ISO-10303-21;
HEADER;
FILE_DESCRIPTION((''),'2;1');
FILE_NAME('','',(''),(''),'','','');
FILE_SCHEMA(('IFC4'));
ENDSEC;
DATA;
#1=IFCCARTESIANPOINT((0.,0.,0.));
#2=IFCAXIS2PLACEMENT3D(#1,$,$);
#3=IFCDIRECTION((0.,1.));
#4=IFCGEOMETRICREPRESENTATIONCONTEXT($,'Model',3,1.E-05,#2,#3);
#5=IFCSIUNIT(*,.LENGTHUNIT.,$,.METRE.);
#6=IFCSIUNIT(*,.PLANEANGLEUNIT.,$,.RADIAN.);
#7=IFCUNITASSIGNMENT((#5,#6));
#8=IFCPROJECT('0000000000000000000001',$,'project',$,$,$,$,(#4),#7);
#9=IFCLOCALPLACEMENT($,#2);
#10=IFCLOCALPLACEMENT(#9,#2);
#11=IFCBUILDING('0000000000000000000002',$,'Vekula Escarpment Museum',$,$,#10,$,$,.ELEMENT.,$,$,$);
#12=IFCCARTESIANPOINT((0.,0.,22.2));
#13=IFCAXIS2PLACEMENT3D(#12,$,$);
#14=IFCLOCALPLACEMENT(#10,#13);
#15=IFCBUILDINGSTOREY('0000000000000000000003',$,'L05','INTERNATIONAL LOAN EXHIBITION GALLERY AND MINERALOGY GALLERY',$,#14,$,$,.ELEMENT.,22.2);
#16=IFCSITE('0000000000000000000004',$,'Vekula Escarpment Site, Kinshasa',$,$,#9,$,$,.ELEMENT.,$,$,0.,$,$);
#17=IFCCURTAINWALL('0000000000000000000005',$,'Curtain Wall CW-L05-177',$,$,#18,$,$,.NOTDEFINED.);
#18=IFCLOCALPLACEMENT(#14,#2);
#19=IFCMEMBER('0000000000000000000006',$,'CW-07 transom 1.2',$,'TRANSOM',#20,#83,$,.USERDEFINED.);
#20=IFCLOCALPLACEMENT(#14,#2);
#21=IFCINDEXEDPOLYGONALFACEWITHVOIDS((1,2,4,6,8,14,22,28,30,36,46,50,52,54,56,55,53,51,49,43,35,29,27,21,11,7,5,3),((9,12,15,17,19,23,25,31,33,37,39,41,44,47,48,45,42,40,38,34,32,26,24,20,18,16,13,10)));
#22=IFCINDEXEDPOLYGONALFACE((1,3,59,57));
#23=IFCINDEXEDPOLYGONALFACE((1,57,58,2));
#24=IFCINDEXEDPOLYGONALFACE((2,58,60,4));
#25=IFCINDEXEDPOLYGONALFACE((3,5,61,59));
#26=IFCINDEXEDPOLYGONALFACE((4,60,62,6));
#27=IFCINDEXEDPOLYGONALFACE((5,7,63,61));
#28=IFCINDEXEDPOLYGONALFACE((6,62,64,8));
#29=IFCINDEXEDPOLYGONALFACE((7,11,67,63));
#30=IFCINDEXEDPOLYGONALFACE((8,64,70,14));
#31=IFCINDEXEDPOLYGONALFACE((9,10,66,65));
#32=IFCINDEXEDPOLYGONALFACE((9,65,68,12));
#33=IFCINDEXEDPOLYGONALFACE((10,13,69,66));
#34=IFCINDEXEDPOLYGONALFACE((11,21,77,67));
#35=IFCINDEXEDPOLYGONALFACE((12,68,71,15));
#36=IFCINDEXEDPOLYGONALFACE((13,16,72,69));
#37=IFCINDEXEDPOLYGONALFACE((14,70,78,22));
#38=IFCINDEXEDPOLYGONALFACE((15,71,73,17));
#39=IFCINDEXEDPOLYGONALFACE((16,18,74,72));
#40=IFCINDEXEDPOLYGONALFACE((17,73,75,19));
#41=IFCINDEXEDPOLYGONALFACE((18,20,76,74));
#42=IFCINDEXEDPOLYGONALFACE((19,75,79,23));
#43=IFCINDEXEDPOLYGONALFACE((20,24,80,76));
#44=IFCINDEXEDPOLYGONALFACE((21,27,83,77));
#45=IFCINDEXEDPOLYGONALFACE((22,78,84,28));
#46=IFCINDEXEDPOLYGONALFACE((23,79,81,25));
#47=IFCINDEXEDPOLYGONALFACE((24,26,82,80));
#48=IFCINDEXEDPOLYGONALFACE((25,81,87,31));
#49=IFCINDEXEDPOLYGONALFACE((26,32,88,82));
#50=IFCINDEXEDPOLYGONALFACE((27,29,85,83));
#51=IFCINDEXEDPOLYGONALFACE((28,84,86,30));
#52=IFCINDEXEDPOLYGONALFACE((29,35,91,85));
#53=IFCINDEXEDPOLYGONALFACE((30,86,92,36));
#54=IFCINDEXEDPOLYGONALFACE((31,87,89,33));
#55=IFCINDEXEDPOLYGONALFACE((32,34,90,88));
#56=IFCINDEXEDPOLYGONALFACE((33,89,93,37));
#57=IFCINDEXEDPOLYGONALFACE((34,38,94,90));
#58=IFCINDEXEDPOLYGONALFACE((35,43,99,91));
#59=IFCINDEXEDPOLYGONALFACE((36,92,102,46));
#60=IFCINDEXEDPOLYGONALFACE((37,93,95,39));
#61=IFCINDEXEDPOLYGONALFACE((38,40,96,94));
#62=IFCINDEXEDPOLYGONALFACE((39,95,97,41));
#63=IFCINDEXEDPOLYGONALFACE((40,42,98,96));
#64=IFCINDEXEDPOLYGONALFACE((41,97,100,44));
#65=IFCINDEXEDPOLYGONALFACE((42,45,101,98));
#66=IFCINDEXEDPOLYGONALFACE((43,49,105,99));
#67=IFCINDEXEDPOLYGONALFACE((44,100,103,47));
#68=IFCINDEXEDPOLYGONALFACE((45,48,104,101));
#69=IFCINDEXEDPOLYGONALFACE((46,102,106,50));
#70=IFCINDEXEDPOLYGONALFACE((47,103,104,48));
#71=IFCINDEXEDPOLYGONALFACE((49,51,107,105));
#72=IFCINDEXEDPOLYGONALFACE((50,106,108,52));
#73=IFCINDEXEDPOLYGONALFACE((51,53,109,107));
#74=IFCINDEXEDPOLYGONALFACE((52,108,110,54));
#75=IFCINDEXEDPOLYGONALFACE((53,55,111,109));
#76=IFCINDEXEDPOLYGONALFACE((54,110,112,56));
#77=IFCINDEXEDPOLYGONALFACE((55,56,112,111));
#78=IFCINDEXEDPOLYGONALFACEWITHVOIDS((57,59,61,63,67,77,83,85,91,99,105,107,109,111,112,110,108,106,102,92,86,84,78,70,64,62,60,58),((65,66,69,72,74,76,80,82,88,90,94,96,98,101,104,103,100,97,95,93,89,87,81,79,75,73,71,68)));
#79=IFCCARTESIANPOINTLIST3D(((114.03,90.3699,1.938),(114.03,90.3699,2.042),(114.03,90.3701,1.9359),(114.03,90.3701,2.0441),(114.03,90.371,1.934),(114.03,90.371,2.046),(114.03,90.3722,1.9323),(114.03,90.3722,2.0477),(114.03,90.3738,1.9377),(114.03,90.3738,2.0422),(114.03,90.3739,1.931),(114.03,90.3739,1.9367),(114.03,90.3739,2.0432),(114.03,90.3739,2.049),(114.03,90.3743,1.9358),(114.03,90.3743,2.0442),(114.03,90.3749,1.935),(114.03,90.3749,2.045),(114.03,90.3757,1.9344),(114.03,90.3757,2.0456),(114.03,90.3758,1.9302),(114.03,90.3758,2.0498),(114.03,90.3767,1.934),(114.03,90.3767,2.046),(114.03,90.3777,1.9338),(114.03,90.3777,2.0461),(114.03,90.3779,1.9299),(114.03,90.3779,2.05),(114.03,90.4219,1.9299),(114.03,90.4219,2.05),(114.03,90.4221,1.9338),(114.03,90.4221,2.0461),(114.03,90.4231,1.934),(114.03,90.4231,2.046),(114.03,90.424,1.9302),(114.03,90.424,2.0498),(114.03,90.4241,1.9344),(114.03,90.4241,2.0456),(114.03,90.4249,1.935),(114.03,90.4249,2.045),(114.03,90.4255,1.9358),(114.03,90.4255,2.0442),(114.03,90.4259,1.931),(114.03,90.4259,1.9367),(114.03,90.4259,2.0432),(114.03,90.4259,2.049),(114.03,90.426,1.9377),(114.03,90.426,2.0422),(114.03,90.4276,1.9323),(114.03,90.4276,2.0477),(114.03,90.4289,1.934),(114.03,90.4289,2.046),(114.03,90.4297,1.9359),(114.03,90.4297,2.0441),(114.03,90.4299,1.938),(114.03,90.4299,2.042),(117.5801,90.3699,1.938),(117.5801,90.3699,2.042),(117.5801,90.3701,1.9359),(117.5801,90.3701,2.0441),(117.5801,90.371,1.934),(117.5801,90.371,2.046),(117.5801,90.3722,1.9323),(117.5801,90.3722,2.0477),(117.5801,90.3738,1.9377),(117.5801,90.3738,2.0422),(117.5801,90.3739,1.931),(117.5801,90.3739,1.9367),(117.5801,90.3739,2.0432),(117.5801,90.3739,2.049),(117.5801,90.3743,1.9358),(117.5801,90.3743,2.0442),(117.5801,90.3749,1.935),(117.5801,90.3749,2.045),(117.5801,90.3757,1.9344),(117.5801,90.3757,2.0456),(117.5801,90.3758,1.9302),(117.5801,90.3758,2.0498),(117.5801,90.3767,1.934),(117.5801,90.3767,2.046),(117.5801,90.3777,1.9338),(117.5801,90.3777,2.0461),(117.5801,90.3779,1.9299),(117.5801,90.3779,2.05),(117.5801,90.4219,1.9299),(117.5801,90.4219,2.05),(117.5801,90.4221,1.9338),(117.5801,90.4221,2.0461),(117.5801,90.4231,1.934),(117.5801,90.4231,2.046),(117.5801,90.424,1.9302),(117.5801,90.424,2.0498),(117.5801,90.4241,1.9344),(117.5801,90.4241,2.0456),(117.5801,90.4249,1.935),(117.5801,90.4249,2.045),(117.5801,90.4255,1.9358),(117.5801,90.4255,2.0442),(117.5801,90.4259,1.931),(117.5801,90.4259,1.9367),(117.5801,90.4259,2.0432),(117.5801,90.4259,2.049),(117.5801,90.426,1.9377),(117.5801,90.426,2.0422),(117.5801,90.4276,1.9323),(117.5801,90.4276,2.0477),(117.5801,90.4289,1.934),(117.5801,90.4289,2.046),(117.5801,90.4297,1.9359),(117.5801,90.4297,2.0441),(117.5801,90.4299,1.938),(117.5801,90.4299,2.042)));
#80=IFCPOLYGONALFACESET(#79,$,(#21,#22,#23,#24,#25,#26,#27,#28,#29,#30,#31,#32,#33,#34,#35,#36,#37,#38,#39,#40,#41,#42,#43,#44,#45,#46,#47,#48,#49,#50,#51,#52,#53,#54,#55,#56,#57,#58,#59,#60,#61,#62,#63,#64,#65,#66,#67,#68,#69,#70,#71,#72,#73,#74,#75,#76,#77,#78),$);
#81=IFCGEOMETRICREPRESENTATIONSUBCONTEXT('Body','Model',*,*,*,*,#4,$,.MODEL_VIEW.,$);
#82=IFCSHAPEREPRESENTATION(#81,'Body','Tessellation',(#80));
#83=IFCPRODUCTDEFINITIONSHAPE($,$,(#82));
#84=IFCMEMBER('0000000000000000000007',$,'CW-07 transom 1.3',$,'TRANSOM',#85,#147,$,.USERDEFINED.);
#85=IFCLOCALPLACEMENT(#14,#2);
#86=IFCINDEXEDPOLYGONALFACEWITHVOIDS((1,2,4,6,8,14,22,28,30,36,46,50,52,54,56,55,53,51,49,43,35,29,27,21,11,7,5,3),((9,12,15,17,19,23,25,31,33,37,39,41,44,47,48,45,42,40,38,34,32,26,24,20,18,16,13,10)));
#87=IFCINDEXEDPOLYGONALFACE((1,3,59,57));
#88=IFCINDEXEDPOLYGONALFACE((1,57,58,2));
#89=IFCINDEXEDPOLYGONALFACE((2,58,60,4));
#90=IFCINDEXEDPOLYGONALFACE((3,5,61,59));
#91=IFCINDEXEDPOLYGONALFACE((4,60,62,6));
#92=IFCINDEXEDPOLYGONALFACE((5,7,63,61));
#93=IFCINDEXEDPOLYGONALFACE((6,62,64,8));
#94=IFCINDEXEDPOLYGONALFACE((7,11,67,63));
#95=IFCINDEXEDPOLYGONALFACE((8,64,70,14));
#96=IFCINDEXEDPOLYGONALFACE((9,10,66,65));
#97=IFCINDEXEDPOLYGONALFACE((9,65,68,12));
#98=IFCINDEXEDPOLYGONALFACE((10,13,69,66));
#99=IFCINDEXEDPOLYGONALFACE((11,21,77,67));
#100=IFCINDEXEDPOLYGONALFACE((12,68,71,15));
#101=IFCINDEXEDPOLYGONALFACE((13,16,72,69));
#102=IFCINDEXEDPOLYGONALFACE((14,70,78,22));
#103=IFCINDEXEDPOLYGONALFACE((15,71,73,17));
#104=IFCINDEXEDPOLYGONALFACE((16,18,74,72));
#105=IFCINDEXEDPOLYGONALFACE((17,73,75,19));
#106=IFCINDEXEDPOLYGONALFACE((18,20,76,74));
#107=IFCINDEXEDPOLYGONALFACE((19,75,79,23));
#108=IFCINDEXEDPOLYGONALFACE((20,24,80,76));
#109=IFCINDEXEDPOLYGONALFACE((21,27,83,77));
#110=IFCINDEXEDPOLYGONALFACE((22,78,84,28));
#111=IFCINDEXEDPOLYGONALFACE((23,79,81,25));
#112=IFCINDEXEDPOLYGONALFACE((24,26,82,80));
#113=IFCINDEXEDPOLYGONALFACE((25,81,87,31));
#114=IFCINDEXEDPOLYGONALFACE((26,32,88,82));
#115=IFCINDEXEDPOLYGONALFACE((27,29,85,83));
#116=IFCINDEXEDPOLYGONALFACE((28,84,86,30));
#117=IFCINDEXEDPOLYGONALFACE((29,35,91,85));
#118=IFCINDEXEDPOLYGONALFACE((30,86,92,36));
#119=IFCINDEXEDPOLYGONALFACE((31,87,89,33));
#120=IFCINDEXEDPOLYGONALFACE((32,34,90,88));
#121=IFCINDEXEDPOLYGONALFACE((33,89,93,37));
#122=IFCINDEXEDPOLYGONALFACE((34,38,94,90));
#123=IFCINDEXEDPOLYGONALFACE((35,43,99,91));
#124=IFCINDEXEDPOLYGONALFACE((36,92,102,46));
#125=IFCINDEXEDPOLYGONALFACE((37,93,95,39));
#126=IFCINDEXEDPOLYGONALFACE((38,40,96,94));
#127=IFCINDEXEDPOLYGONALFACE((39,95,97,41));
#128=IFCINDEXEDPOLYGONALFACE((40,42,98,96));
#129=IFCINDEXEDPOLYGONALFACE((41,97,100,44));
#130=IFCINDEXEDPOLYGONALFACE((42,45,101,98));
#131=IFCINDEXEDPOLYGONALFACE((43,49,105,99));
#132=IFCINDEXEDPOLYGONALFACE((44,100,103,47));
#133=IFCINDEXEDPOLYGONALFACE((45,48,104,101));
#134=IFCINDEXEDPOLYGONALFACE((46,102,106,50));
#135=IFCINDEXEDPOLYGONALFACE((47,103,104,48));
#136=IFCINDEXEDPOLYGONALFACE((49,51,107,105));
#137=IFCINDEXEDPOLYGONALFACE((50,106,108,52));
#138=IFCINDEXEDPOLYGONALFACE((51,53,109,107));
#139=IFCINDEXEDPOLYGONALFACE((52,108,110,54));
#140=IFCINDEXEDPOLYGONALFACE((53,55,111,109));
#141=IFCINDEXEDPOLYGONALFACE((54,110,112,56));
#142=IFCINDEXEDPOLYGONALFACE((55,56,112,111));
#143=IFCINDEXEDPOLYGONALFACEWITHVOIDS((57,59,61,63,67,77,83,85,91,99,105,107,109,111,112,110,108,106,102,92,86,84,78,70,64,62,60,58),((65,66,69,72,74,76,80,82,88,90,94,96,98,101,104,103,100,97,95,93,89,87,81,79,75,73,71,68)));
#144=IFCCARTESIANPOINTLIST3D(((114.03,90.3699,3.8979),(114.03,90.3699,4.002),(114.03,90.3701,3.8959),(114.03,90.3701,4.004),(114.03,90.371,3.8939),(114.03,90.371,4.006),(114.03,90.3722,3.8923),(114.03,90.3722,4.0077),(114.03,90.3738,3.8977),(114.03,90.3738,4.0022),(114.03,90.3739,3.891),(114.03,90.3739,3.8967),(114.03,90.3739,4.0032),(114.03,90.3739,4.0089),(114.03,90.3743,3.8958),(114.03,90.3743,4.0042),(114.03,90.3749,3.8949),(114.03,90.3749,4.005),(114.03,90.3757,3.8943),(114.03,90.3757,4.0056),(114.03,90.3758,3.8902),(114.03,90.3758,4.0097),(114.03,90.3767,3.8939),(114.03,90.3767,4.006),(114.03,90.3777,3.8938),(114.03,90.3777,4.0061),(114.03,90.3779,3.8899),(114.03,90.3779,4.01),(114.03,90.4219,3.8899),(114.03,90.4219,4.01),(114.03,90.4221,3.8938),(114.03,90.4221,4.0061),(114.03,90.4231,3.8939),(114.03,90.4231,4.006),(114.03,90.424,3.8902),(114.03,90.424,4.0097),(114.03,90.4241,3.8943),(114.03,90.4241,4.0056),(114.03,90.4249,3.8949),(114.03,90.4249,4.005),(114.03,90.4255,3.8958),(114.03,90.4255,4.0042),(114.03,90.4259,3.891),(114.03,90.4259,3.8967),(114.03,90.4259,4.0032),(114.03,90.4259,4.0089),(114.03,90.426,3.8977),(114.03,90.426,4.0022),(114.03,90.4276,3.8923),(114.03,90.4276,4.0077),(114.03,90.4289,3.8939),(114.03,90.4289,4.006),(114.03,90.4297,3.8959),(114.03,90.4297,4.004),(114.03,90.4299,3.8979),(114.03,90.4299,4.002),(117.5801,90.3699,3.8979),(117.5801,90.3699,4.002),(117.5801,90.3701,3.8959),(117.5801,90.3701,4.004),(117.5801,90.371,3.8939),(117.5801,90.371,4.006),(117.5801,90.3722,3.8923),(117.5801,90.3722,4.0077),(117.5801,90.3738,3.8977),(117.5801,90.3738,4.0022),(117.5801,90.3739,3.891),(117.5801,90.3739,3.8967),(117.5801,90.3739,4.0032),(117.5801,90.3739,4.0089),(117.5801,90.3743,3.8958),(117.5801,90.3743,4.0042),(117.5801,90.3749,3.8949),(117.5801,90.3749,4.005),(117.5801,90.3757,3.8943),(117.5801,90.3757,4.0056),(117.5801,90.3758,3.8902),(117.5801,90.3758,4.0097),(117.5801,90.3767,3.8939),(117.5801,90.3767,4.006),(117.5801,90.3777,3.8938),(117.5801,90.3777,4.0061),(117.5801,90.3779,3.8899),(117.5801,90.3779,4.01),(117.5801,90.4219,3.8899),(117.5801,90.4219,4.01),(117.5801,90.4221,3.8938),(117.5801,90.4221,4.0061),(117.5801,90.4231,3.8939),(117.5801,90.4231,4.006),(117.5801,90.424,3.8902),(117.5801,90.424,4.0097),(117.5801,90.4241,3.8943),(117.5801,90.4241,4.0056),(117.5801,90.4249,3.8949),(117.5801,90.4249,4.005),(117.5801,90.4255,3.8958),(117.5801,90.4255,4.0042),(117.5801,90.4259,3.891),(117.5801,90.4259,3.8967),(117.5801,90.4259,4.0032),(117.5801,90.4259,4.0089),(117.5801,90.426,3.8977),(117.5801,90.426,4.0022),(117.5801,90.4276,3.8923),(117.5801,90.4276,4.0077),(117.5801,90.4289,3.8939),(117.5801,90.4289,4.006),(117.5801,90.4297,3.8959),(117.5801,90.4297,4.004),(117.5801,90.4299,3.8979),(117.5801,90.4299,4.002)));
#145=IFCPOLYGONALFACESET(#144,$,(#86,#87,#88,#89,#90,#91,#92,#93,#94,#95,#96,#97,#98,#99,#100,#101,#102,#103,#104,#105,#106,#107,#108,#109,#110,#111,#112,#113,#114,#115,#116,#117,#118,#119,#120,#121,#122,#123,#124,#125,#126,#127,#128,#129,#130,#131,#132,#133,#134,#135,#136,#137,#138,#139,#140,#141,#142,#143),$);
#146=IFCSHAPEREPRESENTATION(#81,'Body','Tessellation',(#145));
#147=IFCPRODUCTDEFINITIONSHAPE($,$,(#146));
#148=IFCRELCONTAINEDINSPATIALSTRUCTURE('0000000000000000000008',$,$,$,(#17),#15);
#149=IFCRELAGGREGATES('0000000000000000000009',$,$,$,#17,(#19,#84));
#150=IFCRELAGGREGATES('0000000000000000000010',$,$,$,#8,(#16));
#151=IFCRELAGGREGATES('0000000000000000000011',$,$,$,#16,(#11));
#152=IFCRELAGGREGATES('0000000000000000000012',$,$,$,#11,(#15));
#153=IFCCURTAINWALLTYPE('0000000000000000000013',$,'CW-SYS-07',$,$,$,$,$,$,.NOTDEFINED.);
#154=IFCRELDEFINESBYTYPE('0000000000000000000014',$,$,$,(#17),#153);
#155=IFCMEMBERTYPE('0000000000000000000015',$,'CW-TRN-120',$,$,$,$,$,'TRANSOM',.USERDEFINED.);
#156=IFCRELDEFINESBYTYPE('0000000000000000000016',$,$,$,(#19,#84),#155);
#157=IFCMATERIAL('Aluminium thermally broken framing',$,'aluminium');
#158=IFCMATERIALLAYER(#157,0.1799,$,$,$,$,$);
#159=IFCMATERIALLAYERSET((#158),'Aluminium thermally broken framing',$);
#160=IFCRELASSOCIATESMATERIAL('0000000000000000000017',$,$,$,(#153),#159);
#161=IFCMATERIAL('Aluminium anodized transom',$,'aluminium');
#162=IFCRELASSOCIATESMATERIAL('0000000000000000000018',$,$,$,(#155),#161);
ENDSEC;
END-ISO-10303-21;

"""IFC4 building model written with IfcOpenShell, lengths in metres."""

from ifc_helpers import new_model, si_unit, direction, frame, origin, origin_2d, place, context, subcontext, project, spatial, hollow_rectangle, extrude, material, layer, layer_set, material_profile, profile_set, type_object, element, aggregate, save


model = new_model("IFC4")

# Units and contexts
model_context = context("Model", 3, precision=1e-05, world=origin(), true_north=direction((0.0, 1.0)))
body_context = subcontext(model_context, "Body", "Model", "MODEL_VIEW")
ifc_project = project(units=[si_unit("LENGTHUNIT", "METRE"), si_unit("PLANEANGLEUNIT", "RADIAN")], contexts=[model_context])

# Site, building, storey
site_placement = place(None, origin())
site = spatial("IfcSite", under=ifc_project, at=site_placement, Name="Vekula Escarpment Site, Kinshasa", CompositionType="ELEMENT", RefElevation=0.0)
building_placement = place(site_placement, origin())
building = spatial("IfcBuilding", under=site, at=building_placement, Name="Vekula Escarpment Museum", CompositionType="ELEMENT")
storey_placement = place(building_placement, frame((0.0, 0.0, 22.2)))
storey = spatial("IfcBuildingStorey", under=building, at=storey_placement, Name="L05", Description="INTERNATIONAL LOAN EXHIBITION GALLERY AND MINERALOGY GALLERY", CompositionType="ELEMENT", Elevation=22.2)

# Curtain wall, members
ifc_material_1 = material(Name="Aluminium thermally broken framing", Category="aluminium")
ifc_layer_1 = layer(ifc_material_1, 0.1799)
ifc_layer_set_1 = layer_set([ifc_layer_1], Name="Aluminium thermally broken framing")
curtain_wall_type = type_object("IfcCurtainWallType", Name="CW-SYS-07", PredefinedType="NOTDEFINED", material=ifc_layer_set_1)
curtain_wall_placement = place(storey_placement, origin())
curtain_wall = element("IfcCurtainWall", 1, at=curtain_wall_placement, inside=storey, type_object=curtain_wall_type, Name="Curtain Wall CW-L05-177", PredefinedType="NOTDEFINED")
ifc_material_2 = material(Name="Aluminium anodized transom", Category="aluminium")
ifc_material_profile_1 = material_profile(ifc_material_2, hollow_rectangle(XDim=0.0601, YDim=0.1201, WallThickness=0.0039, InnerFilletRadius=0.0039, OuterFilletRadius=0.0081, at=origin_2d()), Name="ALU 120x60x4")
ifc_profile_set_1 = profile_set([ifc_material_profile_1], Name="Aluminium anodized transom")
member_type_1 = type_object("IfcMemberType", Name="CW-TRN-120", ElementType="TRANSOM", PredefinedType="USERDEFINED", material=ifc_profile_set_1)
member_1_placement = place(storey_placement, frame((117.5801, 90.3999, 1.99), z_axis=(-1.0, 0.0, 0.0), x_axis=(0.0, -1.0, 0.0)))
member_1 = element("IfcMember", 2, at=member_1_placement, type_object=member_type_1, Name="CW-07 transom 1.2", ObjectType="TRANSOM", PredefinedType="USERDEFINED", context=body_context, shape_type="SweptSolid", body=[
    extrude(hollow_rectangle(XDim=0.0601, YDim=0.1201, WallThickness=0.0039, InnerFilletRadius=0.0039, OuterFilletRadius=0.0081, at=origin_2d()), origin(), (0.0, 0.0, 1.0), 3.55),
])
member_2_placement = place(storey_placement, frame((117.5801, 90.3999, 3.95), z_axis=(-1.0, 0.0, 0.0), x_axis=(0.0, -1.0, 0.0)))
member_2 = element("IfcMember", 3, at=member_2_placement, type_object=member_type_1, Name="CW-07 transom 1.3", ObjectType="TRANSOM", PredefinedType="USERDEFINED", context=body_context, shape_type="SweptSolid", body=[
    extrude(hollow_rectangle(XDim=0.0601, YDim=0.1201, WallThickness=0.0039, InnerFilletRadius=0.0039, OuterFilletRadius=0.0081, at=origin_2d()), origin(), (0.0, 0.0, 1.0), 3.55),
])

aggregate(curtain_wall, [member_1, member_2])

save(model, "model.ifc")
